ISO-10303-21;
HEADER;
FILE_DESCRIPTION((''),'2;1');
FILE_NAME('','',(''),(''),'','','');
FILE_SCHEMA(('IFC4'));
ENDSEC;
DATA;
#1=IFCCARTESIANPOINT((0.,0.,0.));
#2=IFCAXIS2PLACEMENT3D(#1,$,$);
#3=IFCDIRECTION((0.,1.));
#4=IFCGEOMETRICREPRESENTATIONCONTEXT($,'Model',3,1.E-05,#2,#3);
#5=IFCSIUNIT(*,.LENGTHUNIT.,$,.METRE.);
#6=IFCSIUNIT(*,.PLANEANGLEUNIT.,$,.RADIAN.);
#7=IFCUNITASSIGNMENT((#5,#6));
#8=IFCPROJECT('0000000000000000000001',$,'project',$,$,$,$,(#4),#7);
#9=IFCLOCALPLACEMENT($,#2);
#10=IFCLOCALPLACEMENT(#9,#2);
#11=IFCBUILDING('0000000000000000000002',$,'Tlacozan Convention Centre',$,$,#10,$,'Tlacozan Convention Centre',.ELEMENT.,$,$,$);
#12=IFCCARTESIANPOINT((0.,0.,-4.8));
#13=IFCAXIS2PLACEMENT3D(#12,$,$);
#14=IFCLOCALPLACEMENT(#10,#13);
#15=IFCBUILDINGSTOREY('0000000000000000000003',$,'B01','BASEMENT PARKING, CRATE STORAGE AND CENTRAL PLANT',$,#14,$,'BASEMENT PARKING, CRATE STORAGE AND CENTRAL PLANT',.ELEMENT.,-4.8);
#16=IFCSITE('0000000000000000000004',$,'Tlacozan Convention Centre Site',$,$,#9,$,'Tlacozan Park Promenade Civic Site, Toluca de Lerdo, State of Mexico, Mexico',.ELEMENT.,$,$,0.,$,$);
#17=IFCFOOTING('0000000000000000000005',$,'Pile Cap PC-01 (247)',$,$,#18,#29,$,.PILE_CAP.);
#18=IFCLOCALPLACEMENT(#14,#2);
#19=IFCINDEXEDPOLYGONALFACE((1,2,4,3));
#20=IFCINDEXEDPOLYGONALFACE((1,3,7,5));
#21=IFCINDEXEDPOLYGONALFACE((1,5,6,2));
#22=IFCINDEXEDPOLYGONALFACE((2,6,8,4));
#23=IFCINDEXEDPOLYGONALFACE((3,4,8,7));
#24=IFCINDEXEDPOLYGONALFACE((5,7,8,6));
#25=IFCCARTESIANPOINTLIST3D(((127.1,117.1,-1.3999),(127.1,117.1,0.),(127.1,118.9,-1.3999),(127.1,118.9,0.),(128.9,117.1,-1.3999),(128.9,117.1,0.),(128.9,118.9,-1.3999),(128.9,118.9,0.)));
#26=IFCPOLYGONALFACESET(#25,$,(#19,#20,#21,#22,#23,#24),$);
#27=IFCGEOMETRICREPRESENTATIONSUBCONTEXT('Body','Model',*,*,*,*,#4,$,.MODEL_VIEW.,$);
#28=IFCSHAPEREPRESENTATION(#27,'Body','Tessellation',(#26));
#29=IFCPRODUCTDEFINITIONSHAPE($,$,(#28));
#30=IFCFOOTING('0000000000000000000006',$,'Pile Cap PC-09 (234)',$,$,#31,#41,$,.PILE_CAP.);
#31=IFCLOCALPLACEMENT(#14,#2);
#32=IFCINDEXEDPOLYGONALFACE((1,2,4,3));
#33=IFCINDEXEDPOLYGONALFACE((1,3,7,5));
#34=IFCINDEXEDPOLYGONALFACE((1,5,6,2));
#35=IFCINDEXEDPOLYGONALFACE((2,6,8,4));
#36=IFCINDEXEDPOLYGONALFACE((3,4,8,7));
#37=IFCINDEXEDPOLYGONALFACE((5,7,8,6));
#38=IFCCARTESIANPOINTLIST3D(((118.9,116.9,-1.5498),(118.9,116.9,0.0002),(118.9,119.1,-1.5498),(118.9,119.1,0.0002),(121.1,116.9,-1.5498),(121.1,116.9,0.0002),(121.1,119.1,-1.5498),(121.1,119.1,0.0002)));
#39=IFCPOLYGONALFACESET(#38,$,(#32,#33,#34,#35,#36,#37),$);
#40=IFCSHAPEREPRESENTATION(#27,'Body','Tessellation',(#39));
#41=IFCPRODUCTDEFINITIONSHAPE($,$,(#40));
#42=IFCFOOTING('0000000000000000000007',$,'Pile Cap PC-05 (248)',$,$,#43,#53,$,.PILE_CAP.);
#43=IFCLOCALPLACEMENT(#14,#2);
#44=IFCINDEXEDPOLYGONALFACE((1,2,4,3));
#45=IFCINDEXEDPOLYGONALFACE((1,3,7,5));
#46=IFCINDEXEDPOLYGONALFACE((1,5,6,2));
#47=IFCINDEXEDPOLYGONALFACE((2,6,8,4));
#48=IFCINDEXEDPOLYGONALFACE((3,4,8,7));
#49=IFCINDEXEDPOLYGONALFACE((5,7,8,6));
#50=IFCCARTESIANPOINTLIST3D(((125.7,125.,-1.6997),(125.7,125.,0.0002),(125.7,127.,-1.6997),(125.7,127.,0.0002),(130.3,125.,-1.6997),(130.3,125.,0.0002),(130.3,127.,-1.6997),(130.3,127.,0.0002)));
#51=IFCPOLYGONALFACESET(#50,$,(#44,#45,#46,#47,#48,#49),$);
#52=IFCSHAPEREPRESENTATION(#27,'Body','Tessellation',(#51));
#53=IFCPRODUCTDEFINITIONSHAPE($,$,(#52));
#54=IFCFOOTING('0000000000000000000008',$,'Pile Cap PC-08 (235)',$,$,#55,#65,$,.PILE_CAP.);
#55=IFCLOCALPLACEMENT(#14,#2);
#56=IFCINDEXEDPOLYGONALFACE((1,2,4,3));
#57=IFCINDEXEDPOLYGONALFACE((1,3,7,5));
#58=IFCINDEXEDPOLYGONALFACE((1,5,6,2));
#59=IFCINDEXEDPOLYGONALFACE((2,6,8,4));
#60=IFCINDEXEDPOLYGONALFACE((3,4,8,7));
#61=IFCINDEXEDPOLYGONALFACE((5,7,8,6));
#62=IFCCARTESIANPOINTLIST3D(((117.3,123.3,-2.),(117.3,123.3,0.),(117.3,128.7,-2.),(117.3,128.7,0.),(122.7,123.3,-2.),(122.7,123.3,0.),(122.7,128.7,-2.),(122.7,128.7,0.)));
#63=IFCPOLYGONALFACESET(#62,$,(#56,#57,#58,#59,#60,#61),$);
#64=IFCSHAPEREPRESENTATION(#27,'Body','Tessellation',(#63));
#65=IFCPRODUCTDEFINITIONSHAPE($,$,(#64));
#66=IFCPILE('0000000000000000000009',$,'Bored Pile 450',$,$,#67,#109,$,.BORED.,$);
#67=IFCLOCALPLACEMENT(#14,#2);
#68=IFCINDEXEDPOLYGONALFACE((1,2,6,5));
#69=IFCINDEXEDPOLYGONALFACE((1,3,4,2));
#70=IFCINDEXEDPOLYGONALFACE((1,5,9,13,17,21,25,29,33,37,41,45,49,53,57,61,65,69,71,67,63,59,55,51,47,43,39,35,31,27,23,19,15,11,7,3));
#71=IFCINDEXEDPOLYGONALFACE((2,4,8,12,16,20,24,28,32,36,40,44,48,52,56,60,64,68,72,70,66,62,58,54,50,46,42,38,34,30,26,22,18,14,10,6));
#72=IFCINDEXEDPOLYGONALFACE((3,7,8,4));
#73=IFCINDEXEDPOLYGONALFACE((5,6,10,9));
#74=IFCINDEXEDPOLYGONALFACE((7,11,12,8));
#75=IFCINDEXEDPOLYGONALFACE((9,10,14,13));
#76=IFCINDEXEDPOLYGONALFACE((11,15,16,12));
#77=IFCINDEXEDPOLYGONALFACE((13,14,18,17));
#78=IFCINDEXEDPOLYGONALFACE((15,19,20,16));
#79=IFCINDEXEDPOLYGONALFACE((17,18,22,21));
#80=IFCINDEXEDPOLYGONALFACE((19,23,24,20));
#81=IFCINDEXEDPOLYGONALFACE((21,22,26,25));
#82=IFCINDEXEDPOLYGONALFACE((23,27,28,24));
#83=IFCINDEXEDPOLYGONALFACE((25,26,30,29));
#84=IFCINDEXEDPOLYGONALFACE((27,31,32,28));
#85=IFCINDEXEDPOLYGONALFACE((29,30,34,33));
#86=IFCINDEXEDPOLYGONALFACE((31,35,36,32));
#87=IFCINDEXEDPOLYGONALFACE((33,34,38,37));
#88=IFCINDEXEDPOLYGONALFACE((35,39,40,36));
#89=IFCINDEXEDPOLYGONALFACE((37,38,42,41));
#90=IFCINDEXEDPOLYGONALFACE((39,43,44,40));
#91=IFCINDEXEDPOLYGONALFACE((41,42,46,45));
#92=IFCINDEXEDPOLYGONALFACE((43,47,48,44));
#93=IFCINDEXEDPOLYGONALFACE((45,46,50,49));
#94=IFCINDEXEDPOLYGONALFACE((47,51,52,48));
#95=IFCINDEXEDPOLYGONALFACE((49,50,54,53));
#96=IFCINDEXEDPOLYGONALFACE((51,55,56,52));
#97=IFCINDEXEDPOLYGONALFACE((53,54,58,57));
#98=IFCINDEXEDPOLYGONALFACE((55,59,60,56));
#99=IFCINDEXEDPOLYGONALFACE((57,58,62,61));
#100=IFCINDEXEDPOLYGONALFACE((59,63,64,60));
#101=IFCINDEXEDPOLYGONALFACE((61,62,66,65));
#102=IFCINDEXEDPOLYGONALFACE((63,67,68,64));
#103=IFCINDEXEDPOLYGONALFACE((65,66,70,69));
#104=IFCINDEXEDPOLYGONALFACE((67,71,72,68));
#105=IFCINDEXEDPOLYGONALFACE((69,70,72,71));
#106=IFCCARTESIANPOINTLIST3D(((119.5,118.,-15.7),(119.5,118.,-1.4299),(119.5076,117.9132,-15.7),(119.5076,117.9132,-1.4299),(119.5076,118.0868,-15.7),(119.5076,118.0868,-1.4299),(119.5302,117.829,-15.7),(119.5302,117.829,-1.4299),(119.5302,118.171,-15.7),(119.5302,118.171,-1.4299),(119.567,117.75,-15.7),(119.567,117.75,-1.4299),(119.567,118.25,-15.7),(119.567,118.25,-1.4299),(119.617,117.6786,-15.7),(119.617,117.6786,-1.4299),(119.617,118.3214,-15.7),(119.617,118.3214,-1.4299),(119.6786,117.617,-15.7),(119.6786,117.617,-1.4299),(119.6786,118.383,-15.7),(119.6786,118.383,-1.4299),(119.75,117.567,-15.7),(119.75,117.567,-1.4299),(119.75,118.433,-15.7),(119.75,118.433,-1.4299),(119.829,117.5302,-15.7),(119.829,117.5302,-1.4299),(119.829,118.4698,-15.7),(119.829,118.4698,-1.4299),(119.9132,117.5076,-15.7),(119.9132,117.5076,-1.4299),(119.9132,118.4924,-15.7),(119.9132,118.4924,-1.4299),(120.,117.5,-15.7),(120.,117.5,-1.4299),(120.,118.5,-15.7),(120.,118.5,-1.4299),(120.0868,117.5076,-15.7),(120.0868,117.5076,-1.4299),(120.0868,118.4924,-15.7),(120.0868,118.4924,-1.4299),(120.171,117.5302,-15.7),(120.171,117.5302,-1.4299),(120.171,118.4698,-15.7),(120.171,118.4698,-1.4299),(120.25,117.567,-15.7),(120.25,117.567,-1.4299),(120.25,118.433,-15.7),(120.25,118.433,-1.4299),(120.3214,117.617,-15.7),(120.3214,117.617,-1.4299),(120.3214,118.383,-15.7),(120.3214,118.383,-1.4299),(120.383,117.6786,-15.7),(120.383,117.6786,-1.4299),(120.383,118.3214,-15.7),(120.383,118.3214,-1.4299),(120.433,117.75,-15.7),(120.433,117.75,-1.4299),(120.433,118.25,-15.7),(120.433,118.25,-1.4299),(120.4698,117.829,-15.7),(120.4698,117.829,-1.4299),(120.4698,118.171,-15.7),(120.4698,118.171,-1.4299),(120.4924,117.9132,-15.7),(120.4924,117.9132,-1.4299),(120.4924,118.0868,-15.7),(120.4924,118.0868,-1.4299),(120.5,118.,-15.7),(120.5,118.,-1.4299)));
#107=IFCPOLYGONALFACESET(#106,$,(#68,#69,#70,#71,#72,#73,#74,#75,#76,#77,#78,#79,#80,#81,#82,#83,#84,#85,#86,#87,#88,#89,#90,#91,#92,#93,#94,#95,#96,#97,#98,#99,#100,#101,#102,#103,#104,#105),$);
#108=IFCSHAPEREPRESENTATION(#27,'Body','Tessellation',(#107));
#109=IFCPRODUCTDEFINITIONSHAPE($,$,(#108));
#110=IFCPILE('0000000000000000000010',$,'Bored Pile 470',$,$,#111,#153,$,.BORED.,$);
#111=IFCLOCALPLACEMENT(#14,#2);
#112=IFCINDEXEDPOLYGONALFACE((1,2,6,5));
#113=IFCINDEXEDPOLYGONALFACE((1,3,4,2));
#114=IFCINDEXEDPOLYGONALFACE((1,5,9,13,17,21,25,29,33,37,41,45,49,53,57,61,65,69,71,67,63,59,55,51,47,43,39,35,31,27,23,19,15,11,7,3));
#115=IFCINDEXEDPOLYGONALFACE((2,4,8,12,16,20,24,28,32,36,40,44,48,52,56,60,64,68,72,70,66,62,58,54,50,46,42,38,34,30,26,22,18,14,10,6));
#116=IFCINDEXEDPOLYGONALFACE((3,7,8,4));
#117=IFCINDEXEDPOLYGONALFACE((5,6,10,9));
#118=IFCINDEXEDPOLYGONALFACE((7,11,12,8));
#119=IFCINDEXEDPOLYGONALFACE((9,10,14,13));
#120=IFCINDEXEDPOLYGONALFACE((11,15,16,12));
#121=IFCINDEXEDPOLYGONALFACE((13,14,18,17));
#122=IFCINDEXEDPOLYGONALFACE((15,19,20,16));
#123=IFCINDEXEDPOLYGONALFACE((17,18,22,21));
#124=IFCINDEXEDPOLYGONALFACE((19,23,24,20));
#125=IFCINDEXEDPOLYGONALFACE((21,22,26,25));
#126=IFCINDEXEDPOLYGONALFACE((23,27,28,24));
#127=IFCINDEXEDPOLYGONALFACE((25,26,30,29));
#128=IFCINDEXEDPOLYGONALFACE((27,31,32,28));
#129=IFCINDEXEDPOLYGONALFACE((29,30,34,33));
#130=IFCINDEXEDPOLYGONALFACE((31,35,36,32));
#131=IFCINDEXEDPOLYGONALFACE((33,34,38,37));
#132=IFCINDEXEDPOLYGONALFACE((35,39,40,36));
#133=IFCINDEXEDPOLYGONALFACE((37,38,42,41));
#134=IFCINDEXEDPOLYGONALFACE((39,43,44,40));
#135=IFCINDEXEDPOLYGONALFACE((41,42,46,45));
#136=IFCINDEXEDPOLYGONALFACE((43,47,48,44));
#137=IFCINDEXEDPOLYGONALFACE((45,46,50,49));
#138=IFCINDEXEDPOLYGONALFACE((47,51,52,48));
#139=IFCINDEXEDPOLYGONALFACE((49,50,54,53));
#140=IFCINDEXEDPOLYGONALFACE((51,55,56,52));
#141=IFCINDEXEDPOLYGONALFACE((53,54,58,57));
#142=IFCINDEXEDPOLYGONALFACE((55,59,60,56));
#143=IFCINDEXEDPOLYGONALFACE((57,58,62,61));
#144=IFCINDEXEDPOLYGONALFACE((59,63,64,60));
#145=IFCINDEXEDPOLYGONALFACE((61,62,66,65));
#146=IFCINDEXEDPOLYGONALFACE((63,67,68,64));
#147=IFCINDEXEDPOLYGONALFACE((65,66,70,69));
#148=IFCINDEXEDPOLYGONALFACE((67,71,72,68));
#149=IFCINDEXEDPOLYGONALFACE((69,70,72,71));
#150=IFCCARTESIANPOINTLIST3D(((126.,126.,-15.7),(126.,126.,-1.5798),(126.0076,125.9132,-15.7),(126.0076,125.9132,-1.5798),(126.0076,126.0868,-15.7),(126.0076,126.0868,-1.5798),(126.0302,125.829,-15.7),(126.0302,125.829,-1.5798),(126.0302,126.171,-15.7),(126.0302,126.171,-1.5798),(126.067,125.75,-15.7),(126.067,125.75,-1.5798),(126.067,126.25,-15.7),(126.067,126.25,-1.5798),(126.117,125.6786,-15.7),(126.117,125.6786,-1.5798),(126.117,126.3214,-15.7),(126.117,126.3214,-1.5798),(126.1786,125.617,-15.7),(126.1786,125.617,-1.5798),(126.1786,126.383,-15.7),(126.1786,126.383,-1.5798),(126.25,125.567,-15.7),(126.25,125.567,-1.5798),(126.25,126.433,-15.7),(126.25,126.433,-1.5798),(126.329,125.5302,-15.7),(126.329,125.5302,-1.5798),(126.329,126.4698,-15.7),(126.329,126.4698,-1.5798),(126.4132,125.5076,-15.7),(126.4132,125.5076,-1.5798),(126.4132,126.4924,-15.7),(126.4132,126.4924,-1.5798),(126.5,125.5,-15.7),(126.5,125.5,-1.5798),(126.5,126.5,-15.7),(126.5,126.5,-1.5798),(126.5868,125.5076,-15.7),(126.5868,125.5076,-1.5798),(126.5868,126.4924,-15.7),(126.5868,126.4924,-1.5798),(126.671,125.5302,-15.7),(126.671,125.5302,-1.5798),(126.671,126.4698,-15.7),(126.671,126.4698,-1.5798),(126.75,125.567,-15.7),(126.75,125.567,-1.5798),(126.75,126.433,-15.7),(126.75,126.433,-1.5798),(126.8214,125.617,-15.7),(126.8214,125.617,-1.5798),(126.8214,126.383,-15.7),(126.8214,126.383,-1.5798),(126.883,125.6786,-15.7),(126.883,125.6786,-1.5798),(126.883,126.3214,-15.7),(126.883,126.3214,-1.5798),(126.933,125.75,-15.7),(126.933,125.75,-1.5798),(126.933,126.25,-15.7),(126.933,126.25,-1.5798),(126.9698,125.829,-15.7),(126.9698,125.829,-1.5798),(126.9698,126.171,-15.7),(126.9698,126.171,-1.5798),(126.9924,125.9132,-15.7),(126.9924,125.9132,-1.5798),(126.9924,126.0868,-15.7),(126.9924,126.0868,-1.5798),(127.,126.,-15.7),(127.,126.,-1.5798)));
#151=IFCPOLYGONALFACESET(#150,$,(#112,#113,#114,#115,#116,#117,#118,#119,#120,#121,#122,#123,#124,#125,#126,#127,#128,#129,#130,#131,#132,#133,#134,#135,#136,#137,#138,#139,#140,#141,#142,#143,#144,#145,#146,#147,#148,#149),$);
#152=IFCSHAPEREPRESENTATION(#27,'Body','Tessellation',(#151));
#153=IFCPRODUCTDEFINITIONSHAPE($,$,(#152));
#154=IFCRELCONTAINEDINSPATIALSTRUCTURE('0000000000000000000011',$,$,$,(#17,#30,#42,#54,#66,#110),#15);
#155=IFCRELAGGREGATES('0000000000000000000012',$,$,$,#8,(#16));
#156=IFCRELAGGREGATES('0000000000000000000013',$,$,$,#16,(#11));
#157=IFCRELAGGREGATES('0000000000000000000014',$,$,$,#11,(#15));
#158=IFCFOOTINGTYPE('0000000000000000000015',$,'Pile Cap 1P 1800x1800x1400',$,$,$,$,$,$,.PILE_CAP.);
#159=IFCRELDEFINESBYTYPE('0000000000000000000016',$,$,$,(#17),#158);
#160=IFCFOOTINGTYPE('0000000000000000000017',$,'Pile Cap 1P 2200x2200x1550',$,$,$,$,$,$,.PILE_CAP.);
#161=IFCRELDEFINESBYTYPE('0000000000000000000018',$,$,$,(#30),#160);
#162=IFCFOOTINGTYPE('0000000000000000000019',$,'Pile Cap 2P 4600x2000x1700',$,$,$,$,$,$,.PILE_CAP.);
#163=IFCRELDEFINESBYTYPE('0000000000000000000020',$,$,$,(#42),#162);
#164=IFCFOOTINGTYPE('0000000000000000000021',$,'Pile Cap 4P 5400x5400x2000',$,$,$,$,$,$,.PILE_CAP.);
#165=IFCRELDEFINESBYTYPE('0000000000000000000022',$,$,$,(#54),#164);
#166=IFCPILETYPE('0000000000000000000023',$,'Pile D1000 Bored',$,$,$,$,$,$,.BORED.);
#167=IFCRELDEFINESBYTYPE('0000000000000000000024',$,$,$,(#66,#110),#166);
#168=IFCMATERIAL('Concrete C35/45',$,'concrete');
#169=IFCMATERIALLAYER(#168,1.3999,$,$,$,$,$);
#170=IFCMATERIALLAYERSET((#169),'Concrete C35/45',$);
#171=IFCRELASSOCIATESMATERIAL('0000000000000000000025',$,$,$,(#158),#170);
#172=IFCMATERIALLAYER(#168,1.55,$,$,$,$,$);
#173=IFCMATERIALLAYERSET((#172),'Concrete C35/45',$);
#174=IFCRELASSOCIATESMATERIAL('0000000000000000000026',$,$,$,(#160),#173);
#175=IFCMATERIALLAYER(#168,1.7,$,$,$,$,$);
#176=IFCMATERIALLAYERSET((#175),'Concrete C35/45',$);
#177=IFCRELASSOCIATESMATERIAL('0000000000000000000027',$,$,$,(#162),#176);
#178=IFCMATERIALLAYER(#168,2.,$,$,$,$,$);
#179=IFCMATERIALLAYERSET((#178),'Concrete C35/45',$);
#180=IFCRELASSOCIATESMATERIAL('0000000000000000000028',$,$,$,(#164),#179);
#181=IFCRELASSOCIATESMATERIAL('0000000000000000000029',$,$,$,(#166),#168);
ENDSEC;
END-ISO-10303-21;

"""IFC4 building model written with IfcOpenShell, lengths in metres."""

from ifc_helpers import new_model, si_unit, direction, frame, origin, origin_2d, place, context, subcontext, project, spatial, rectangle, circle, extrude, material, layer, layer_set, material_profile, profile_set, type_object, element, save


model = new_model("IFC4")

# Units and contexts
model_context = context("Model", 3, precision=1e-05, world=origin(), true_north=direction((0.0, 1.0)))
body_context = subcontext(model_context, "Body", "Model", "MODEL_VIEW")
ifc_project = project(units=[si_unit("LENGTHUNIT", "METRE"), si_unit("PLANEANGLEUNIT", "RADIAN")], contexts=[model_context])

# Site, building, storey
site_placement = place(None, origin())
site = spatial("IfcSite", under=ifc_project, at=site_placement, Name="Tlacozan Convention Centre Site", LongName="Tlacozan Park Promenade Civic Site, Toluca de Lerdo, State of Mexico, Mexico", CompositionType="ELEMENT", RefElevation=0.0)
building_placement = place(site_placement, origin())
building = spatial("IfcBuilding", under=site, at=building_placement, Name="Tlacozan Convention Centre", LongName="Tlacozan Convention Centre", CompositionType="ELEMENT")
storey_placement = place(building_placement, frame((0.0, 0.0, -4.8)))
storey = spatial("IfcBuildingStorey", under=building, at=storey_placement, Name="B01", Description="BASEMENT PARKING, CRATE STORAGE AND CENTRAL PLANT", LongName="BASEMENT PARKING, CRATE STORAGE AND CENTRAL PLANT", CompositionType="ELEMENT", Elevation=-4.8)

# Footings
ifc_material_1 = material(Name="Concrete C35/45", Category="concrete")
ifc_layer_1 = layer(ifc_material_1, 1.3999)
ifc_layer_set_1 = layer_set([ifc_layer_1], Name="Concrete C35/45")
footing_type_1 = type_object("IfcFootingType", Name="Pile Cap 1P 1800x1800x1400", PredefinedType="PILE_CAP", material=ifc_layer_set_1)
footing_1_placement = place(storey_placement, frame((128.0, 118.0, -1.3999), z_axis=(0.0, 0.0, 1.0), x_axis=(1.0, 0.0, 0.0)))
element("IfcFooting", 1, at=footing_1_placement, inside=storey, type_object=footing_type_1, Name="Pile Cap PC-01 (247)", PredefinedType="PILE_CAP", context=body_context, shape_type="SweptSolid", body=[
    extrude(rectangle(XDim=1.8, YDim=1.8, at=origin_2d()), origin(), (0.0, 0.0, 1.0), 1.3999),
])
ifc_layer_2 = layer(ifc_material_1, 1.55)
ifc_layer_set_2 = layer_set([ifc_layer_2], Name="Concrete C35/45")
footing_type_2 = type_object("IfcFootingType", Name="Pile Cap 1P 2200x2200x1550", PredefinedType="PILE_CAP", material=ifc_layer_set_2)
footing_2_placement = place(storey_placement, frame((120.0, 118.0, -1.5498), z_axis=(0.0, 0.0, 1.0), x_axis=(1.0, 0.0, 0.0)))
element("IfcFooting", 2, at=footing_2_placement, inside=storey, type_object=footing_type_2, Name="Pile Cap PC-09 (234)", PredefinedType="PILE_CAP", context=body_context, shape_type="SweptSolid", body=[
    extrude(rectangle(XDim=2.2, YDim=2.2, at=origin_2d()), origin(), (0.0, 0.0, 1.0), 1.55),
])
ifc_layer_3 = layer(ifc_material_1, 1.7)
ifc_layer_set_3 = layer_set([ifc_layer_3], Name="Concrete C35/45")
footing_type_3 = type_object("IfcFootingType", Name="Pile Cap 2P 4600x2000x1700", PredefinedType="PILE_CAP", material=ifc_layer_set_3)
footing_3_placement = place(storey_placement, frame((128.0, 126.0, -1.6997), z_axis=(0.0, 0.0, 1.0), x_axis=(1.0, 0.0, 0.0)))
element("IfcFooting", 3, at=footing_3_placement, inside=storey, type_object=footing_type_3, Name="Pile Cap PC-05 (248)", PredefinedType="PILE_CAP", context=body_context, shape_type="SweptSolid", body=[
    extrude(rectangle(XDim=4.6001, YDim=2.0, at=origin_2d()), origin(), (0.0, 0.0, 1.0), 1.7),
])
ifc_layer_4 = layer(ifc_material_1, 2.0)
ifc_layer_set_4 = layer_set([ifc_layer_4], Name="Concrete C35/45")
footing_type_4 = type_object("IfcFootingType", Name="Pile Cap 4P 5400x5400x2000", PredefinedType="PILE_CAP", material=ifc_layer_set_4)
footing_4_placement = place(storey_placement, frame((120.0, 126.0, -2.0), z_axis=(0.0, 0.0, 1.0), x_axis=(1.0, 0.0, 0.0)))
element("IfcFooting", 4, at=footing_4_placement, inside=storey, type_object=footing_type_4, Name="Pile Cap PC-08 (235)", PredefinedType="PILE_CAP", context=body_context, shape_type="SweptSolid", body=[
    extrude(rectangle(XDim=5.3999, YDim=5.3999, at=origin_2d()), origin(), (0.0, 0.0, 1.0), 2.0),
])

# Piles
ifc_material_profile_1 = material_profile(ifc_material_1, circle(Radius=0.5, at=origin_2d()), Name="PILE D1000")
ifc_profile_set_1 = profile_set([ifc_material_profile_1], Name="Concrete C35/45")
pile_type_1 = type_object("IfcPileType", Name="Pile D1000 Bored", PredefinedType="BORED", material=ifc_profile_set_1)
pile_1_placement = place(storey_placement, frame((120.0, 118.0, -1.4299), z_axis=(0.0, 0.0, -1.0), x_axis=(1.0, 0.0, 0.0)))
element("IfcPile", 5, at=pile_1_placement, inside=storey, type_object=pile_type_1, Name="Bored Pile 450", PredefinedType="BORED", context=body_context, shape_type="SweptSolid", body=[
    extrude(circle(Radius=0.5, at=origin_2d()), origin(), (0.0, 0.0, 1.0), 14.27),
])
pile_2_placement = place(storey_placement, frame((126.5, 126.0, -1.5798), z_axis=(0.0, 0.0, -1.0), x_axis=(1.0, 0.0, 0.0)))
element("IfcPile", 6, at=pile_2_placement, inside=storey, type_object=pile_type_1, Name="Bored Pile 470", PredefinedType="BORED", context=body_context, shape_type="SweptSolid", body=[
    extrude(circle(Radius=0.5, at=origin_2d()), origin(), (0.0, 0.0, 1.0), 14.1201),
])

save(model, "model.ifc")
